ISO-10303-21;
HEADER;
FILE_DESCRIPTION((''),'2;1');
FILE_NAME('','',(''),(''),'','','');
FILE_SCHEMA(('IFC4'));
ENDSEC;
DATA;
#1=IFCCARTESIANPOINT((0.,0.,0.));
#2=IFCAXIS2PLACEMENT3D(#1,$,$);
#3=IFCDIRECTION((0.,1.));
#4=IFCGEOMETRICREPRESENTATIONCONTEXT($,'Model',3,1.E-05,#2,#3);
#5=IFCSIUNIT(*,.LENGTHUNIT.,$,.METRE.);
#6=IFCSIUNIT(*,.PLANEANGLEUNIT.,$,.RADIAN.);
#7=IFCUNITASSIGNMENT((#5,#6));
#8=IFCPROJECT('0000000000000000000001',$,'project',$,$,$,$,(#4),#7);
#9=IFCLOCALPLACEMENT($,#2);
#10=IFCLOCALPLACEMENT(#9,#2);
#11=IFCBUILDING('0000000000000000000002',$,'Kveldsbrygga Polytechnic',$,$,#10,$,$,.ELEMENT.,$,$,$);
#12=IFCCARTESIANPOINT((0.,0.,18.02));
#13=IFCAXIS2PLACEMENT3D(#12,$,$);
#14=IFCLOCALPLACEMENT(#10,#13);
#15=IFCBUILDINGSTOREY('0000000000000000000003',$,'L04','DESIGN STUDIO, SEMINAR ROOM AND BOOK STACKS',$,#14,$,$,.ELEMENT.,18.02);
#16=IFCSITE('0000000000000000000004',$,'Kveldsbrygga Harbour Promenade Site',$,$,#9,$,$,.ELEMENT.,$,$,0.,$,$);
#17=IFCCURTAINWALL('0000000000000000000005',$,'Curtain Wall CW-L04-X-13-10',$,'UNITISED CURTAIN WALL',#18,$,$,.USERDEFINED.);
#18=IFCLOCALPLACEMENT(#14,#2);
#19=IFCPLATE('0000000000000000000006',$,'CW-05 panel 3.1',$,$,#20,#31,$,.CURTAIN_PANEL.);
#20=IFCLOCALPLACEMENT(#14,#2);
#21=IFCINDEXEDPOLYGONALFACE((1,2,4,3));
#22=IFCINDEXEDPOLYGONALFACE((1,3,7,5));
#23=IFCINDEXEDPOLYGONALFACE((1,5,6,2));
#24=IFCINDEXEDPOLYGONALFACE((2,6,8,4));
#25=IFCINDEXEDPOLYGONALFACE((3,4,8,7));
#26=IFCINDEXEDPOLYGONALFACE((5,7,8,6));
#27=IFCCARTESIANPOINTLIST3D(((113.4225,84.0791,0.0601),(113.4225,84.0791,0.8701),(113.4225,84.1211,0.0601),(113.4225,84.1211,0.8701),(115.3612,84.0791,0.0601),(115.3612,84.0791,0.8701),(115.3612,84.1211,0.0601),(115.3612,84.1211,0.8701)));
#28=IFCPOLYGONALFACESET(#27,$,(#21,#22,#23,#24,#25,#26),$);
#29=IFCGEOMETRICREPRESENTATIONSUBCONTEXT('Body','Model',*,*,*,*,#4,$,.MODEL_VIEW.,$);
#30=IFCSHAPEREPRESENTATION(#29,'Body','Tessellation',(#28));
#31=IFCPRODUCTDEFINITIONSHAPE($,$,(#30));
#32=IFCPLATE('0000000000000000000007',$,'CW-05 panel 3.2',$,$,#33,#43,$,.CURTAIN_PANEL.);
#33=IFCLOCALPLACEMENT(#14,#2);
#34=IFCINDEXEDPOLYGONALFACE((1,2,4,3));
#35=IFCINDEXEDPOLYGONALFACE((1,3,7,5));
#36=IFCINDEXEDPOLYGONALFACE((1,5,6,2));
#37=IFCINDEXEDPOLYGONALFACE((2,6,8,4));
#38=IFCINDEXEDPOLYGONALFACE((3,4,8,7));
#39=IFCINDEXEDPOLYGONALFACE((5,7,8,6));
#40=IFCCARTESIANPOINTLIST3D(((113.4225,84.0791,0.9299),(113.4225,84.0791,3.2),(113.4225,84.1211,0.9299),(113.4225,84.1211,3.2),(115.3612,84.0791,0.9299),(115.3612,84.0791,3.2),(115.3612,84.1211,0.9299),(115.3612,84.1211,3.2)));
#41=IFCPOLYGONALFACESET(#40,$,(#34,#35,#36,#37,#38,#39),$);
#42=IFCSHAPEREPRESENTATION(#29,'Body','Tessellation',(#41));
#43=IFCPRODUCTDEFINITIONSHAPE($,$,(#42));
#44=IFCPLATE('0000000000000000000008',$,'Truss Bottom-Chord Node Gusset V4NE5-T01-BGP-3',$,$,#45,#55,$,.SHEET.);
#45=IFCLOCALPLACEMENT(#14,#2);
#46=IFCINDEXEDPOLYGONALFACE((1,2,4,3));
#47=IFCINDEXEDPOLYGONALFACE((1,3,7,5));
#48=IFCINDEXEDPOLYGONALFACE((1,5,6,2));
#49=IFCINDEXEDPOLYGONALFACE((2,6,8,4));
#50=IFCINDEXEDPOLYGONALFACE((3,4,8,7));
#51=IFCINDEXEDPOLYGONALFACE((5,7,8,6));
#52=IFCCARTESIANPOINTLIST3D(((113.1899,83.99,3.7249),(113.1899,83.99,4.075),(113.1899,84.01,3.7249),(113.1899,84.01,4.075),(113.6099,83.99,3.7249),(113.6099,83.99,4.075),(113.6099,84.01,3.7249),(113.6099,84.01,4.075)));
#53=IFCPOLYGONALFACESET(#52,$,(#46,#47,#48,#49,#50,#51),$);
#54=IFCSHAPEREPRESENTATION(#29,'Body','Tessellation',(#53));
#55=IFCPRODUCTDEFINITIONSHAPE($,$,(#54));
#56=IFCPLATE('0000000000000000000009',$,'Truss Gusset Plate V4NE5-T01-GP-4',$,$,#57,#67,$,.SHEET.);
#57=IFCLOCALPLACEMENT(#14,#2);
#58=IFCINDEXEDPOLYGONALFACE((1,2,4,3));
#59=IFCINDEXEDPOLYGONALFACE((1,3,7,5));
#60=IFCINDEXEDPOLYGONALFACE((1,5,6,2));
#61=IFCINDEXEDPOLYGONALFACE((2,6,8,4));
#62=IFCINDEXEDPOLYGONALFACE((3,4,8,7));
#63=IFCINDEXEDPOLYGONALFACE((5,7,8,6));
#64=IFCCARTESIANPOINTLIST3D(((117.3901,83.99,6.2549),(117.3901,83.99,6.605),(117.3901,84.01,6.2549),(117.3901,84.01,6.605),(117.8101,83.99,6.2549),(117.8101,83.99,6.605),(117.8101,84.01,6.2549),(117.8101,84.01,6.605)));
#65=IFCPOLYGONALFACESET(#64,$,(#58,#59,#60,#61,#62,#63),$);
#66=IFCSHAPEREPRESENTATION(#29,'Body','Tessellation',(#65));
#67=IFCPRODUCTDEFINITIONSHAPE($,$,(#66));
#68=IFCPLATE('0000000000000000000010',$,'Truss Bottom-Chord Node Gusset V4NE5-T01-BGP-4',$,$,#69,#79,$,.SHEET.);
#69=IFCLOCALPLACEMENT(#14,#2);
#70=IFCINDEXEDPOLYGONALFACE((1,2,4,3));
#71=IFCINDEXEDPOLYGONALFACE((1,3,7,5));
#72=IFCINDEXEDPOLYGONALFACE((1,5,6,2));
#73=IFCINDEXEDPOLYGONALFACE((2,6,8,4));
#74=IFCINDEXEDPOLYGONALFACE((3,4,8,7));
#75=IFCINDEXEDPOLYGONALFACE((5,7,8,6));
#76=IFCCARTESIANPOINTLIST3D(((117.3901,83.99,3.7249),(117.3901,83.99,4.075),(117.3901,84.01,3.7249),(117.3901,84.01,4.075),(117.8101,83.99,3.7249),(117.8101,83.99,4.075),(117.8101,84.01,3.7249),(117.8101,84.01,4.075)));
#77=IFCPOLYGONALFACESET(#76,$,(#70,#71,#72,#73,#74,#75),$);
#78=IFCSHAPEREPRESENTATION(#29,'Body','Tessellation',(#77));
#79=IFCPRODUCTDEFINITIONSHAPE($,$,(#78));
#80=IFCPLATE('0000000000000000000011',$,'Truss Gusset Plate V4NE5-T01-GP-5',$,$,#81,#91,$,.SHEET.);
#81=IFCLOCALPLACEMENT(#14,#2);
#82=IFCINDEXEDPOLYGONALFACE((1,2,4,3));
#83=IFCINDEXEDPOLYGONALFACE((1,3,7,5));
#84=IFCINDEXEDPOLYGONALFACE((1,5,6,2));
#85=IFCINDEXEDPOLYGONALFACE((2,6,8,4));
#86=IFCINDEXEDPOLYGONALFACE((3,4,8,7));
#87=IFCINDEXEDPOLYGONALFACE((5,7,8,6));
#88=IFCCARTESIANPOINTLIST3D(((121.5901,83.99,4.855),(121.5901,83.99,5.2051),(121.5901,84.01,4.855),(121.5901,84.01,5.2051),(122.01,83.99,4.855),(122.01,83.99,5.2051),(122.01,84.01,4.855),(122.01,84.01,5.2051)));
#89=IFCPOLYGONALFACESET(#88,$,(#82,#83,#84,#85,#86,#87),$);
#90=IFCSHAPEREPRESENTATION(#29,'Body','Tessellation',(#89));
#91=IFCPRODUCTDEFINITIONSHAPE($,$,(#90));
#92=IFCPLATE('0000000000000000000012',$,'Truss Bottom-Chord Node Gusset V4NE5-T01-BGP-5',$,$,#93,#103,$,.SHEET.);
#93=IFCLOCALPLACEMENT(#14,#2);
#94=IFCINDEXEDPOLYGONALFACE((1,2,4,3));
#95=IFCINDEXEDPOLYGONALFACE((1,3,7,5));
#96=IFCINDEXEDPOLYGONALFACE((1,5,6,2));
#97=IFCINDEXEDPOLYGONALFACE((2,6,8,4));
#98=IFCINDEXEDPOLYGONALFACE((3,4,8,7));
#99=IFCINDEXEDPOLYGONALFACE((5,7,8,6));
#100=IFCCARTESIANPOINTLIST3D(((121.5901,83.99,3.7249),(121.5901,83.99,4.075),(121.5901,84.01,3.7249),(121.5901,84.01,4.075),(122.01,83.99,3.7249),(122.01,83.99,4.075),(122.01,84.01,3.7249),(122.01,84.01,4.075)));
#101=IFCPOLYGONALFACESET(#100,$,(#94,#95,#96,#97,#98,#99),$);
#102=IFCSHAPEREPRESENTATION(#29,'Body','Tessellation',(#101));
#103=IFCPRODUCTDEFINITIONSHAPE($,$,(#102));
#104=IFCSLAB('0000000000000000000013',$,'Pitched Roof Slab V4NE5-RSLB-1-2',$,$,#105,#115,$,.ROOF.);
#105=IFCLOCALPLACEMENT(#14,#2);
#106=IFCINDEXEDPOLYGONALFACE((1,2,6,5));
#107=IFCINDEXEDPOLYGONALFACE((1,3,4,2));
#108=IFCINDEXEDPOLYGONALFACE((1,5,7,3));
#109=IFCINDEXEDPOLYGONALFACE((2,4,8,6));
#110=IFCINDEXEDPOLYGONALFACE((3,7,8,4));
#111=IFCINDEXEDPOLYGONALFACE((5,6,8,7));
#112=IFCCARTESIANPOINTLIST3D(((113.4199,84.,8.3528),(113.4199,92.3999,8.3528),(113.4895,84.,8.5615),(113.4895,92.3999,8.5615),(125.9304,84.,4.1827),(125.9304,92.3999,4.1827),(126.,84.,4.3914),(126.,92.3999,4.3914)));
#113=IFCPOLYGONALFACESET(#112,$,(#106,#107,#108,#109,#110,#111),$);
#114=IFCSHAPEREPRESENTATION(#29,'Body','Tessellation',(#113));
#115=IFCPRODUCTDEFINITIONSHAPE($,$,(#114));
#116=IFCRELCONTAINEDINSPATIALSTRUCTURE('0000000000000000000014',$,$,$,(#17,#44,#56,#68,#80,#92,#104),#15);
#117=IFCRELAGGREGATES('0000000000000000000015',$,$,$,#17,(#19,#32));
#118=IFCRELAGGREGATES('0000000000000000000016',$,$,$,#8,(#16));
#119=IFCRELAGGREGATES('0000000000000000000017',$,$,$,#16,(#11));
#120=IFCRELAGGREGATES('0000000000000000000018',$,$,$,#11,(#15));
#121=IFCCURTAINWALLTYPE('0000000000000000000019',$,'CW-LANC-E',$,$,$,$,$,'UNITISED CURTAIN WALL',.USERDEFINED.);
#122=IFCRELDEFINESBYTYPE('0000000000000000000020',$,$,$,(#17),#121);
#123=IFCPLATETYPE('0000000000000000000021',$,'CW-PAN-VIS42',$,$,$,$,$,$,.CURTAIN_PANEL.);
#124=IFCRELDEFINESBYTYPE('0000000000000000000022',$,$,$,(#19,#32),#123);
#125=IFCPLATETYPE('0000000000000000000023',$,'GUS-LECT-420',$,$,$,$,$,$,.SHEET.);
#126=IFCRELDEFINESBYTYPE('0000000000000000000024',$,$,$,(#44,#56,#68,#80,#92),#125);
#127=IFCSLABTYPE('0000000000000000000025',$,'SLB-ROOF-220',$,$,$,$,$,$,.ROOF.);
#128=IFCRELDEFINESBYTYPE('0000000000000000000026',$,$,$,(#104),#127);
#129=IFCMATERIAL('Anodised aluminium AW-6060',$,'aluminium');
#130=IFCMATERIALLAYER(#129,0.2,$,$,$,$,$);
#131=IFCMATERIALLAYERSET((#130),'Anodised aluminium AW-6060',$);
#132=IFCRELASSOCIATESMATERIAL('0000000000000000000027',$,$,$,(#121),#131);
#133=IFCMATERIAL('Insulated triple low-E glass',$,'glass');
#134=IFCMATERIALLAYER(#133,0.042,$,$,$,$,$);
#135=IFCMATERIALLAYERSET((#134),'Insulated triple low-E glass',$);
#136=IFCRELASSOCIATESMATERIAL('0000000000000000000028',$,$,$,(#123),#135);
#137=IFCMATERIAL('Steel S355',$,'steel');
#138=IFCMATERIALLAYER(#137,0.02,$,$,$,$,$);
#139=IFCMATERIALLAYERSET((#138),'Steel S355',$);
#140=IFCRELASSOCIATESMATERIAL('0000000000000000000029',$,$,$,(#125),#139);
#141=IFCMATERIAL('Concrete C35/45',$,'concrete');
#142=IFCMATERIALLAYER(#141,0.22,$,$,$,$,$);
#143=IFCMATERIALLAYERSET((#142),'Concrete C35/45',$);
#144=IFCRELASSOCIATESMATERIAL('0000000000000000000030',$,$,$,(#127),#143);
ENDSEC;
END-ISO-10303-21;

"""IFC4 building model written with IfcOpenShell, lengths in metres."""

from ifc_helpers import new_model, si_unit, direction, frame, origin, origin_2d, place, context, subcontext, project, spatial, polyline, rectangle, outline, extrude, material, layer, layer_set, type_object, element, aggregate, save


model = new_model("IFC4")

# Units and contexts
model_context = context("Model", 3, precision=1e-05, world=origin(), true_north=direction((0.0, 1.0)))
body_context = subcontext(model_context, "Body", "Model", "MODEL_VIEW")
ifc_project = project(units=[si_unit("LENGTHUNIT", "METRE"), si_unit("PLANEANGLEUNIT", "RADIAN")], contexts=[model_context])

# Site, building, storey
site_placement = place(None, origin())
site = spatial("IfcSite", under=ifc_project, at=site_placement, Name="Kveldsbrygga Harbour Promenade Site", CompositionType="ELEMENT", RefElevation=0.0)
building_placement = place(site_placement, origin())
building = spatial("IfcBuilding", under=site, at=building_placement, Name="Kveldsbrygga Polytechnic", CompositionType="ELEMENT")
storey_placement = place(building_placement, frame((0.0, 0.0, 18.02)))
storey = spatial("IfcBuildingStorey", under=building, at=storey_placement, Name="L04", Description="DESIGN STUDIO, SEMINAR ROOM AND BOOK STACKS", CompositionType="ELEMENT", Elevation=18.02)

# Curtain wall
ifc_material_1 = material(Name="Anodised aluminium AW-6060", Category="aluminium")
ifc_layer_1 = layer(ifc_material_1, 0.2)
ifc_layer_set_1 = layer_set([ifc_layer_1], Name="Anodised aluminium AW-6060")
curtain_wall_type = type_object("IfcCurtainWallType", Name="CW-LANC-E", ElementType="UNITISED CURTAIN WALL", PredefinedType="USERDEFINED", material=ifc_layer_set_1)
curtain_wall_placement = place(storey_placement, origin())
curtain_wall = element("IfcCurtainWall", 1, at=curtain_wall_placement, inside=storey, type_object=curtain_wall_type, Name="Curtain Wall CW-L04-X-13-10", ObjectType="UNITISED CURTAIN WALL", PredefinedType="USERDEFINED")

# Shared definitions
ifc_material_2 = material(Name="Steel S355", Category="steel")

# Plates
ifc_material_3 = material(Name="Insulated triple low-E glass", Category="glass")
ifc_layer_2 = layer(ifc_material_3, 0.042)
ifc_layer_set_2 = layer_set([ifc_layer_2], Name="Insulated triple low-E glass")
plate_type_1 = type_object("IfcPlateType", Name="CW-PAN-VIS42", PredefinedType="CURTAIN_PANEL", material=ifc_layer_set_2)
plate_1_placement = place(storey_placement, frame((114.3918, 84.1001, 0.0601), z_axis=(0.0, 0.0, 1.0), x_axis=(1.0, 0.0, 0.0)))
plate_1 = element("IfcPlate", 2, at=plate_1_placement, type_object=plate_type_1, Name="CW-05 panel 3.1", PredefinedType="CURTAIN_PANEL", context=body_context, shape_type="SweptSolid", body=[
    extrude(rectangle(XDim=1.9387, YDim=0.042, at=origin_2d()), origin(), (0.0, 0.0, 1.0), 0.8101),
])
plate_2_placement = place(storey_placement, frame((114.3918, 84.1001, 0.9299), z_axis=(0.0, 0.0, 1.0), x_axis=(1.0, 0.0, 0.0)))
plate_2 = element("IfcPlate", 3, at=plate_2_placement, type_object=plate_type_1, Name="CW-05 panel 3.2", PredefinedType="CURTAIN_PANEL", context=body_context, shape_type="SweptSolid", body=[
    extrude(rectangle(XDim=1.9387, YDim=0.042, at=origin_2d()), origin(), (0.0, 0.0, 1.0), 2.27),
])
aggregate(curtain_wall, [plate_1, plate_2])

# Plates
ifc_layer_3 = layer(ifc_material_2, 0.02)
ifc_layer_set_3 = layer_set([ifc_layer_3], Name="Steel S355")
plate_type_2 = type_object("IfcPlateType", Name="GUS-LECT-420", PredefinedType="SHEET", material=ifc_layer_set_3)
for number, where, z_axis, x_axis, name in (
    (4, (113.3999, 84.0, 3.7249), (0.0, 0.0, 1.0), (1.0, 0.0, 0.0), "Truss Bottom-Chord Node Gusset V4NE5-T01-BGP-3"),
    (5, (117.6001, 84.0, 6.2549), (0.0, 0.0, 1.0), (1.0, 0.0, 0.0), "Truss Gusset Plate V4NE5-T01-GP-4"),
    (6, (117.6001, 84.0, 3.7249), (0.0, 0.0, 1.0), (1.0, 0.0, 0.0), "Truss Bottom-Chord Node Gusset V4NE5-T01-BGP-4"),
    (7, (121.8, 84.0, 4.855), (0.0, 0.0, 1.0), (1.0, 0.0, 0.0), "Truss Gusset Plate V4NE5-T01-GP-5"),
    (8, (121.8, 84.0, 3.7249), (0.0, 0.0, 1.0), (1.0, 0.0, 0.0), "Truss Bottom-Chord Node Gusset V4NE5-T01-BGP-5"),
):
    element("IfcPlate", number, at=place(storey_placement, frame(where, z_axis=z_axis, x_axis=x_axis)), inside=storey, type_object=plate_type_2, Name=name, PredefinedType="SHEET", context=body_context, shape_type="SweptSolid", body=[
        extrude(rectangle(XDim=0.4199, YDim=0.02, at=origin_2d()), origin(), (0.0, 0.0, 1.0), 0.3501),
    ])

# Slab
ifc_material_4 = material(Name="Concrete C35/45", Category="concrete")
ifc_layer_4 = layer(ifc_material_4, 0.22)
ifc_layer_set_4 = layer_set([ifc_layer_4], Name="Concrete C35/45")
slab_type = type_object("IfcSlabType", Name="SLB-ROOF-220", PredefinedType="ROOF", material=ifc_layer_set_4)
slab_placement = place(storey_placement, frame((113.4895, 84.0, 8.5615), z_axis=(0.316228, 0.0, 0.948683), x_axis=(0.948683, 0.0, -0.316228)))
element("IfcSlab", 9, at=slab_placement, inside=storey, type_object=slab_type, Name="Pitched Roof Slab V4NE5-RSLB-1-2", PredefinedType="ROOF", context=body_context, shape_type="SweptSolid", body=[
    extrude(outline(polyline([(0.0, 0.0), (13.1872, 0.0), (13.1872, 8.3999), (0.0, 8.3999), (0.0, 0.0)])), origin(), (0.0, 0.0, -1.0), 0.22),
])

save(model, "model.ifc")
